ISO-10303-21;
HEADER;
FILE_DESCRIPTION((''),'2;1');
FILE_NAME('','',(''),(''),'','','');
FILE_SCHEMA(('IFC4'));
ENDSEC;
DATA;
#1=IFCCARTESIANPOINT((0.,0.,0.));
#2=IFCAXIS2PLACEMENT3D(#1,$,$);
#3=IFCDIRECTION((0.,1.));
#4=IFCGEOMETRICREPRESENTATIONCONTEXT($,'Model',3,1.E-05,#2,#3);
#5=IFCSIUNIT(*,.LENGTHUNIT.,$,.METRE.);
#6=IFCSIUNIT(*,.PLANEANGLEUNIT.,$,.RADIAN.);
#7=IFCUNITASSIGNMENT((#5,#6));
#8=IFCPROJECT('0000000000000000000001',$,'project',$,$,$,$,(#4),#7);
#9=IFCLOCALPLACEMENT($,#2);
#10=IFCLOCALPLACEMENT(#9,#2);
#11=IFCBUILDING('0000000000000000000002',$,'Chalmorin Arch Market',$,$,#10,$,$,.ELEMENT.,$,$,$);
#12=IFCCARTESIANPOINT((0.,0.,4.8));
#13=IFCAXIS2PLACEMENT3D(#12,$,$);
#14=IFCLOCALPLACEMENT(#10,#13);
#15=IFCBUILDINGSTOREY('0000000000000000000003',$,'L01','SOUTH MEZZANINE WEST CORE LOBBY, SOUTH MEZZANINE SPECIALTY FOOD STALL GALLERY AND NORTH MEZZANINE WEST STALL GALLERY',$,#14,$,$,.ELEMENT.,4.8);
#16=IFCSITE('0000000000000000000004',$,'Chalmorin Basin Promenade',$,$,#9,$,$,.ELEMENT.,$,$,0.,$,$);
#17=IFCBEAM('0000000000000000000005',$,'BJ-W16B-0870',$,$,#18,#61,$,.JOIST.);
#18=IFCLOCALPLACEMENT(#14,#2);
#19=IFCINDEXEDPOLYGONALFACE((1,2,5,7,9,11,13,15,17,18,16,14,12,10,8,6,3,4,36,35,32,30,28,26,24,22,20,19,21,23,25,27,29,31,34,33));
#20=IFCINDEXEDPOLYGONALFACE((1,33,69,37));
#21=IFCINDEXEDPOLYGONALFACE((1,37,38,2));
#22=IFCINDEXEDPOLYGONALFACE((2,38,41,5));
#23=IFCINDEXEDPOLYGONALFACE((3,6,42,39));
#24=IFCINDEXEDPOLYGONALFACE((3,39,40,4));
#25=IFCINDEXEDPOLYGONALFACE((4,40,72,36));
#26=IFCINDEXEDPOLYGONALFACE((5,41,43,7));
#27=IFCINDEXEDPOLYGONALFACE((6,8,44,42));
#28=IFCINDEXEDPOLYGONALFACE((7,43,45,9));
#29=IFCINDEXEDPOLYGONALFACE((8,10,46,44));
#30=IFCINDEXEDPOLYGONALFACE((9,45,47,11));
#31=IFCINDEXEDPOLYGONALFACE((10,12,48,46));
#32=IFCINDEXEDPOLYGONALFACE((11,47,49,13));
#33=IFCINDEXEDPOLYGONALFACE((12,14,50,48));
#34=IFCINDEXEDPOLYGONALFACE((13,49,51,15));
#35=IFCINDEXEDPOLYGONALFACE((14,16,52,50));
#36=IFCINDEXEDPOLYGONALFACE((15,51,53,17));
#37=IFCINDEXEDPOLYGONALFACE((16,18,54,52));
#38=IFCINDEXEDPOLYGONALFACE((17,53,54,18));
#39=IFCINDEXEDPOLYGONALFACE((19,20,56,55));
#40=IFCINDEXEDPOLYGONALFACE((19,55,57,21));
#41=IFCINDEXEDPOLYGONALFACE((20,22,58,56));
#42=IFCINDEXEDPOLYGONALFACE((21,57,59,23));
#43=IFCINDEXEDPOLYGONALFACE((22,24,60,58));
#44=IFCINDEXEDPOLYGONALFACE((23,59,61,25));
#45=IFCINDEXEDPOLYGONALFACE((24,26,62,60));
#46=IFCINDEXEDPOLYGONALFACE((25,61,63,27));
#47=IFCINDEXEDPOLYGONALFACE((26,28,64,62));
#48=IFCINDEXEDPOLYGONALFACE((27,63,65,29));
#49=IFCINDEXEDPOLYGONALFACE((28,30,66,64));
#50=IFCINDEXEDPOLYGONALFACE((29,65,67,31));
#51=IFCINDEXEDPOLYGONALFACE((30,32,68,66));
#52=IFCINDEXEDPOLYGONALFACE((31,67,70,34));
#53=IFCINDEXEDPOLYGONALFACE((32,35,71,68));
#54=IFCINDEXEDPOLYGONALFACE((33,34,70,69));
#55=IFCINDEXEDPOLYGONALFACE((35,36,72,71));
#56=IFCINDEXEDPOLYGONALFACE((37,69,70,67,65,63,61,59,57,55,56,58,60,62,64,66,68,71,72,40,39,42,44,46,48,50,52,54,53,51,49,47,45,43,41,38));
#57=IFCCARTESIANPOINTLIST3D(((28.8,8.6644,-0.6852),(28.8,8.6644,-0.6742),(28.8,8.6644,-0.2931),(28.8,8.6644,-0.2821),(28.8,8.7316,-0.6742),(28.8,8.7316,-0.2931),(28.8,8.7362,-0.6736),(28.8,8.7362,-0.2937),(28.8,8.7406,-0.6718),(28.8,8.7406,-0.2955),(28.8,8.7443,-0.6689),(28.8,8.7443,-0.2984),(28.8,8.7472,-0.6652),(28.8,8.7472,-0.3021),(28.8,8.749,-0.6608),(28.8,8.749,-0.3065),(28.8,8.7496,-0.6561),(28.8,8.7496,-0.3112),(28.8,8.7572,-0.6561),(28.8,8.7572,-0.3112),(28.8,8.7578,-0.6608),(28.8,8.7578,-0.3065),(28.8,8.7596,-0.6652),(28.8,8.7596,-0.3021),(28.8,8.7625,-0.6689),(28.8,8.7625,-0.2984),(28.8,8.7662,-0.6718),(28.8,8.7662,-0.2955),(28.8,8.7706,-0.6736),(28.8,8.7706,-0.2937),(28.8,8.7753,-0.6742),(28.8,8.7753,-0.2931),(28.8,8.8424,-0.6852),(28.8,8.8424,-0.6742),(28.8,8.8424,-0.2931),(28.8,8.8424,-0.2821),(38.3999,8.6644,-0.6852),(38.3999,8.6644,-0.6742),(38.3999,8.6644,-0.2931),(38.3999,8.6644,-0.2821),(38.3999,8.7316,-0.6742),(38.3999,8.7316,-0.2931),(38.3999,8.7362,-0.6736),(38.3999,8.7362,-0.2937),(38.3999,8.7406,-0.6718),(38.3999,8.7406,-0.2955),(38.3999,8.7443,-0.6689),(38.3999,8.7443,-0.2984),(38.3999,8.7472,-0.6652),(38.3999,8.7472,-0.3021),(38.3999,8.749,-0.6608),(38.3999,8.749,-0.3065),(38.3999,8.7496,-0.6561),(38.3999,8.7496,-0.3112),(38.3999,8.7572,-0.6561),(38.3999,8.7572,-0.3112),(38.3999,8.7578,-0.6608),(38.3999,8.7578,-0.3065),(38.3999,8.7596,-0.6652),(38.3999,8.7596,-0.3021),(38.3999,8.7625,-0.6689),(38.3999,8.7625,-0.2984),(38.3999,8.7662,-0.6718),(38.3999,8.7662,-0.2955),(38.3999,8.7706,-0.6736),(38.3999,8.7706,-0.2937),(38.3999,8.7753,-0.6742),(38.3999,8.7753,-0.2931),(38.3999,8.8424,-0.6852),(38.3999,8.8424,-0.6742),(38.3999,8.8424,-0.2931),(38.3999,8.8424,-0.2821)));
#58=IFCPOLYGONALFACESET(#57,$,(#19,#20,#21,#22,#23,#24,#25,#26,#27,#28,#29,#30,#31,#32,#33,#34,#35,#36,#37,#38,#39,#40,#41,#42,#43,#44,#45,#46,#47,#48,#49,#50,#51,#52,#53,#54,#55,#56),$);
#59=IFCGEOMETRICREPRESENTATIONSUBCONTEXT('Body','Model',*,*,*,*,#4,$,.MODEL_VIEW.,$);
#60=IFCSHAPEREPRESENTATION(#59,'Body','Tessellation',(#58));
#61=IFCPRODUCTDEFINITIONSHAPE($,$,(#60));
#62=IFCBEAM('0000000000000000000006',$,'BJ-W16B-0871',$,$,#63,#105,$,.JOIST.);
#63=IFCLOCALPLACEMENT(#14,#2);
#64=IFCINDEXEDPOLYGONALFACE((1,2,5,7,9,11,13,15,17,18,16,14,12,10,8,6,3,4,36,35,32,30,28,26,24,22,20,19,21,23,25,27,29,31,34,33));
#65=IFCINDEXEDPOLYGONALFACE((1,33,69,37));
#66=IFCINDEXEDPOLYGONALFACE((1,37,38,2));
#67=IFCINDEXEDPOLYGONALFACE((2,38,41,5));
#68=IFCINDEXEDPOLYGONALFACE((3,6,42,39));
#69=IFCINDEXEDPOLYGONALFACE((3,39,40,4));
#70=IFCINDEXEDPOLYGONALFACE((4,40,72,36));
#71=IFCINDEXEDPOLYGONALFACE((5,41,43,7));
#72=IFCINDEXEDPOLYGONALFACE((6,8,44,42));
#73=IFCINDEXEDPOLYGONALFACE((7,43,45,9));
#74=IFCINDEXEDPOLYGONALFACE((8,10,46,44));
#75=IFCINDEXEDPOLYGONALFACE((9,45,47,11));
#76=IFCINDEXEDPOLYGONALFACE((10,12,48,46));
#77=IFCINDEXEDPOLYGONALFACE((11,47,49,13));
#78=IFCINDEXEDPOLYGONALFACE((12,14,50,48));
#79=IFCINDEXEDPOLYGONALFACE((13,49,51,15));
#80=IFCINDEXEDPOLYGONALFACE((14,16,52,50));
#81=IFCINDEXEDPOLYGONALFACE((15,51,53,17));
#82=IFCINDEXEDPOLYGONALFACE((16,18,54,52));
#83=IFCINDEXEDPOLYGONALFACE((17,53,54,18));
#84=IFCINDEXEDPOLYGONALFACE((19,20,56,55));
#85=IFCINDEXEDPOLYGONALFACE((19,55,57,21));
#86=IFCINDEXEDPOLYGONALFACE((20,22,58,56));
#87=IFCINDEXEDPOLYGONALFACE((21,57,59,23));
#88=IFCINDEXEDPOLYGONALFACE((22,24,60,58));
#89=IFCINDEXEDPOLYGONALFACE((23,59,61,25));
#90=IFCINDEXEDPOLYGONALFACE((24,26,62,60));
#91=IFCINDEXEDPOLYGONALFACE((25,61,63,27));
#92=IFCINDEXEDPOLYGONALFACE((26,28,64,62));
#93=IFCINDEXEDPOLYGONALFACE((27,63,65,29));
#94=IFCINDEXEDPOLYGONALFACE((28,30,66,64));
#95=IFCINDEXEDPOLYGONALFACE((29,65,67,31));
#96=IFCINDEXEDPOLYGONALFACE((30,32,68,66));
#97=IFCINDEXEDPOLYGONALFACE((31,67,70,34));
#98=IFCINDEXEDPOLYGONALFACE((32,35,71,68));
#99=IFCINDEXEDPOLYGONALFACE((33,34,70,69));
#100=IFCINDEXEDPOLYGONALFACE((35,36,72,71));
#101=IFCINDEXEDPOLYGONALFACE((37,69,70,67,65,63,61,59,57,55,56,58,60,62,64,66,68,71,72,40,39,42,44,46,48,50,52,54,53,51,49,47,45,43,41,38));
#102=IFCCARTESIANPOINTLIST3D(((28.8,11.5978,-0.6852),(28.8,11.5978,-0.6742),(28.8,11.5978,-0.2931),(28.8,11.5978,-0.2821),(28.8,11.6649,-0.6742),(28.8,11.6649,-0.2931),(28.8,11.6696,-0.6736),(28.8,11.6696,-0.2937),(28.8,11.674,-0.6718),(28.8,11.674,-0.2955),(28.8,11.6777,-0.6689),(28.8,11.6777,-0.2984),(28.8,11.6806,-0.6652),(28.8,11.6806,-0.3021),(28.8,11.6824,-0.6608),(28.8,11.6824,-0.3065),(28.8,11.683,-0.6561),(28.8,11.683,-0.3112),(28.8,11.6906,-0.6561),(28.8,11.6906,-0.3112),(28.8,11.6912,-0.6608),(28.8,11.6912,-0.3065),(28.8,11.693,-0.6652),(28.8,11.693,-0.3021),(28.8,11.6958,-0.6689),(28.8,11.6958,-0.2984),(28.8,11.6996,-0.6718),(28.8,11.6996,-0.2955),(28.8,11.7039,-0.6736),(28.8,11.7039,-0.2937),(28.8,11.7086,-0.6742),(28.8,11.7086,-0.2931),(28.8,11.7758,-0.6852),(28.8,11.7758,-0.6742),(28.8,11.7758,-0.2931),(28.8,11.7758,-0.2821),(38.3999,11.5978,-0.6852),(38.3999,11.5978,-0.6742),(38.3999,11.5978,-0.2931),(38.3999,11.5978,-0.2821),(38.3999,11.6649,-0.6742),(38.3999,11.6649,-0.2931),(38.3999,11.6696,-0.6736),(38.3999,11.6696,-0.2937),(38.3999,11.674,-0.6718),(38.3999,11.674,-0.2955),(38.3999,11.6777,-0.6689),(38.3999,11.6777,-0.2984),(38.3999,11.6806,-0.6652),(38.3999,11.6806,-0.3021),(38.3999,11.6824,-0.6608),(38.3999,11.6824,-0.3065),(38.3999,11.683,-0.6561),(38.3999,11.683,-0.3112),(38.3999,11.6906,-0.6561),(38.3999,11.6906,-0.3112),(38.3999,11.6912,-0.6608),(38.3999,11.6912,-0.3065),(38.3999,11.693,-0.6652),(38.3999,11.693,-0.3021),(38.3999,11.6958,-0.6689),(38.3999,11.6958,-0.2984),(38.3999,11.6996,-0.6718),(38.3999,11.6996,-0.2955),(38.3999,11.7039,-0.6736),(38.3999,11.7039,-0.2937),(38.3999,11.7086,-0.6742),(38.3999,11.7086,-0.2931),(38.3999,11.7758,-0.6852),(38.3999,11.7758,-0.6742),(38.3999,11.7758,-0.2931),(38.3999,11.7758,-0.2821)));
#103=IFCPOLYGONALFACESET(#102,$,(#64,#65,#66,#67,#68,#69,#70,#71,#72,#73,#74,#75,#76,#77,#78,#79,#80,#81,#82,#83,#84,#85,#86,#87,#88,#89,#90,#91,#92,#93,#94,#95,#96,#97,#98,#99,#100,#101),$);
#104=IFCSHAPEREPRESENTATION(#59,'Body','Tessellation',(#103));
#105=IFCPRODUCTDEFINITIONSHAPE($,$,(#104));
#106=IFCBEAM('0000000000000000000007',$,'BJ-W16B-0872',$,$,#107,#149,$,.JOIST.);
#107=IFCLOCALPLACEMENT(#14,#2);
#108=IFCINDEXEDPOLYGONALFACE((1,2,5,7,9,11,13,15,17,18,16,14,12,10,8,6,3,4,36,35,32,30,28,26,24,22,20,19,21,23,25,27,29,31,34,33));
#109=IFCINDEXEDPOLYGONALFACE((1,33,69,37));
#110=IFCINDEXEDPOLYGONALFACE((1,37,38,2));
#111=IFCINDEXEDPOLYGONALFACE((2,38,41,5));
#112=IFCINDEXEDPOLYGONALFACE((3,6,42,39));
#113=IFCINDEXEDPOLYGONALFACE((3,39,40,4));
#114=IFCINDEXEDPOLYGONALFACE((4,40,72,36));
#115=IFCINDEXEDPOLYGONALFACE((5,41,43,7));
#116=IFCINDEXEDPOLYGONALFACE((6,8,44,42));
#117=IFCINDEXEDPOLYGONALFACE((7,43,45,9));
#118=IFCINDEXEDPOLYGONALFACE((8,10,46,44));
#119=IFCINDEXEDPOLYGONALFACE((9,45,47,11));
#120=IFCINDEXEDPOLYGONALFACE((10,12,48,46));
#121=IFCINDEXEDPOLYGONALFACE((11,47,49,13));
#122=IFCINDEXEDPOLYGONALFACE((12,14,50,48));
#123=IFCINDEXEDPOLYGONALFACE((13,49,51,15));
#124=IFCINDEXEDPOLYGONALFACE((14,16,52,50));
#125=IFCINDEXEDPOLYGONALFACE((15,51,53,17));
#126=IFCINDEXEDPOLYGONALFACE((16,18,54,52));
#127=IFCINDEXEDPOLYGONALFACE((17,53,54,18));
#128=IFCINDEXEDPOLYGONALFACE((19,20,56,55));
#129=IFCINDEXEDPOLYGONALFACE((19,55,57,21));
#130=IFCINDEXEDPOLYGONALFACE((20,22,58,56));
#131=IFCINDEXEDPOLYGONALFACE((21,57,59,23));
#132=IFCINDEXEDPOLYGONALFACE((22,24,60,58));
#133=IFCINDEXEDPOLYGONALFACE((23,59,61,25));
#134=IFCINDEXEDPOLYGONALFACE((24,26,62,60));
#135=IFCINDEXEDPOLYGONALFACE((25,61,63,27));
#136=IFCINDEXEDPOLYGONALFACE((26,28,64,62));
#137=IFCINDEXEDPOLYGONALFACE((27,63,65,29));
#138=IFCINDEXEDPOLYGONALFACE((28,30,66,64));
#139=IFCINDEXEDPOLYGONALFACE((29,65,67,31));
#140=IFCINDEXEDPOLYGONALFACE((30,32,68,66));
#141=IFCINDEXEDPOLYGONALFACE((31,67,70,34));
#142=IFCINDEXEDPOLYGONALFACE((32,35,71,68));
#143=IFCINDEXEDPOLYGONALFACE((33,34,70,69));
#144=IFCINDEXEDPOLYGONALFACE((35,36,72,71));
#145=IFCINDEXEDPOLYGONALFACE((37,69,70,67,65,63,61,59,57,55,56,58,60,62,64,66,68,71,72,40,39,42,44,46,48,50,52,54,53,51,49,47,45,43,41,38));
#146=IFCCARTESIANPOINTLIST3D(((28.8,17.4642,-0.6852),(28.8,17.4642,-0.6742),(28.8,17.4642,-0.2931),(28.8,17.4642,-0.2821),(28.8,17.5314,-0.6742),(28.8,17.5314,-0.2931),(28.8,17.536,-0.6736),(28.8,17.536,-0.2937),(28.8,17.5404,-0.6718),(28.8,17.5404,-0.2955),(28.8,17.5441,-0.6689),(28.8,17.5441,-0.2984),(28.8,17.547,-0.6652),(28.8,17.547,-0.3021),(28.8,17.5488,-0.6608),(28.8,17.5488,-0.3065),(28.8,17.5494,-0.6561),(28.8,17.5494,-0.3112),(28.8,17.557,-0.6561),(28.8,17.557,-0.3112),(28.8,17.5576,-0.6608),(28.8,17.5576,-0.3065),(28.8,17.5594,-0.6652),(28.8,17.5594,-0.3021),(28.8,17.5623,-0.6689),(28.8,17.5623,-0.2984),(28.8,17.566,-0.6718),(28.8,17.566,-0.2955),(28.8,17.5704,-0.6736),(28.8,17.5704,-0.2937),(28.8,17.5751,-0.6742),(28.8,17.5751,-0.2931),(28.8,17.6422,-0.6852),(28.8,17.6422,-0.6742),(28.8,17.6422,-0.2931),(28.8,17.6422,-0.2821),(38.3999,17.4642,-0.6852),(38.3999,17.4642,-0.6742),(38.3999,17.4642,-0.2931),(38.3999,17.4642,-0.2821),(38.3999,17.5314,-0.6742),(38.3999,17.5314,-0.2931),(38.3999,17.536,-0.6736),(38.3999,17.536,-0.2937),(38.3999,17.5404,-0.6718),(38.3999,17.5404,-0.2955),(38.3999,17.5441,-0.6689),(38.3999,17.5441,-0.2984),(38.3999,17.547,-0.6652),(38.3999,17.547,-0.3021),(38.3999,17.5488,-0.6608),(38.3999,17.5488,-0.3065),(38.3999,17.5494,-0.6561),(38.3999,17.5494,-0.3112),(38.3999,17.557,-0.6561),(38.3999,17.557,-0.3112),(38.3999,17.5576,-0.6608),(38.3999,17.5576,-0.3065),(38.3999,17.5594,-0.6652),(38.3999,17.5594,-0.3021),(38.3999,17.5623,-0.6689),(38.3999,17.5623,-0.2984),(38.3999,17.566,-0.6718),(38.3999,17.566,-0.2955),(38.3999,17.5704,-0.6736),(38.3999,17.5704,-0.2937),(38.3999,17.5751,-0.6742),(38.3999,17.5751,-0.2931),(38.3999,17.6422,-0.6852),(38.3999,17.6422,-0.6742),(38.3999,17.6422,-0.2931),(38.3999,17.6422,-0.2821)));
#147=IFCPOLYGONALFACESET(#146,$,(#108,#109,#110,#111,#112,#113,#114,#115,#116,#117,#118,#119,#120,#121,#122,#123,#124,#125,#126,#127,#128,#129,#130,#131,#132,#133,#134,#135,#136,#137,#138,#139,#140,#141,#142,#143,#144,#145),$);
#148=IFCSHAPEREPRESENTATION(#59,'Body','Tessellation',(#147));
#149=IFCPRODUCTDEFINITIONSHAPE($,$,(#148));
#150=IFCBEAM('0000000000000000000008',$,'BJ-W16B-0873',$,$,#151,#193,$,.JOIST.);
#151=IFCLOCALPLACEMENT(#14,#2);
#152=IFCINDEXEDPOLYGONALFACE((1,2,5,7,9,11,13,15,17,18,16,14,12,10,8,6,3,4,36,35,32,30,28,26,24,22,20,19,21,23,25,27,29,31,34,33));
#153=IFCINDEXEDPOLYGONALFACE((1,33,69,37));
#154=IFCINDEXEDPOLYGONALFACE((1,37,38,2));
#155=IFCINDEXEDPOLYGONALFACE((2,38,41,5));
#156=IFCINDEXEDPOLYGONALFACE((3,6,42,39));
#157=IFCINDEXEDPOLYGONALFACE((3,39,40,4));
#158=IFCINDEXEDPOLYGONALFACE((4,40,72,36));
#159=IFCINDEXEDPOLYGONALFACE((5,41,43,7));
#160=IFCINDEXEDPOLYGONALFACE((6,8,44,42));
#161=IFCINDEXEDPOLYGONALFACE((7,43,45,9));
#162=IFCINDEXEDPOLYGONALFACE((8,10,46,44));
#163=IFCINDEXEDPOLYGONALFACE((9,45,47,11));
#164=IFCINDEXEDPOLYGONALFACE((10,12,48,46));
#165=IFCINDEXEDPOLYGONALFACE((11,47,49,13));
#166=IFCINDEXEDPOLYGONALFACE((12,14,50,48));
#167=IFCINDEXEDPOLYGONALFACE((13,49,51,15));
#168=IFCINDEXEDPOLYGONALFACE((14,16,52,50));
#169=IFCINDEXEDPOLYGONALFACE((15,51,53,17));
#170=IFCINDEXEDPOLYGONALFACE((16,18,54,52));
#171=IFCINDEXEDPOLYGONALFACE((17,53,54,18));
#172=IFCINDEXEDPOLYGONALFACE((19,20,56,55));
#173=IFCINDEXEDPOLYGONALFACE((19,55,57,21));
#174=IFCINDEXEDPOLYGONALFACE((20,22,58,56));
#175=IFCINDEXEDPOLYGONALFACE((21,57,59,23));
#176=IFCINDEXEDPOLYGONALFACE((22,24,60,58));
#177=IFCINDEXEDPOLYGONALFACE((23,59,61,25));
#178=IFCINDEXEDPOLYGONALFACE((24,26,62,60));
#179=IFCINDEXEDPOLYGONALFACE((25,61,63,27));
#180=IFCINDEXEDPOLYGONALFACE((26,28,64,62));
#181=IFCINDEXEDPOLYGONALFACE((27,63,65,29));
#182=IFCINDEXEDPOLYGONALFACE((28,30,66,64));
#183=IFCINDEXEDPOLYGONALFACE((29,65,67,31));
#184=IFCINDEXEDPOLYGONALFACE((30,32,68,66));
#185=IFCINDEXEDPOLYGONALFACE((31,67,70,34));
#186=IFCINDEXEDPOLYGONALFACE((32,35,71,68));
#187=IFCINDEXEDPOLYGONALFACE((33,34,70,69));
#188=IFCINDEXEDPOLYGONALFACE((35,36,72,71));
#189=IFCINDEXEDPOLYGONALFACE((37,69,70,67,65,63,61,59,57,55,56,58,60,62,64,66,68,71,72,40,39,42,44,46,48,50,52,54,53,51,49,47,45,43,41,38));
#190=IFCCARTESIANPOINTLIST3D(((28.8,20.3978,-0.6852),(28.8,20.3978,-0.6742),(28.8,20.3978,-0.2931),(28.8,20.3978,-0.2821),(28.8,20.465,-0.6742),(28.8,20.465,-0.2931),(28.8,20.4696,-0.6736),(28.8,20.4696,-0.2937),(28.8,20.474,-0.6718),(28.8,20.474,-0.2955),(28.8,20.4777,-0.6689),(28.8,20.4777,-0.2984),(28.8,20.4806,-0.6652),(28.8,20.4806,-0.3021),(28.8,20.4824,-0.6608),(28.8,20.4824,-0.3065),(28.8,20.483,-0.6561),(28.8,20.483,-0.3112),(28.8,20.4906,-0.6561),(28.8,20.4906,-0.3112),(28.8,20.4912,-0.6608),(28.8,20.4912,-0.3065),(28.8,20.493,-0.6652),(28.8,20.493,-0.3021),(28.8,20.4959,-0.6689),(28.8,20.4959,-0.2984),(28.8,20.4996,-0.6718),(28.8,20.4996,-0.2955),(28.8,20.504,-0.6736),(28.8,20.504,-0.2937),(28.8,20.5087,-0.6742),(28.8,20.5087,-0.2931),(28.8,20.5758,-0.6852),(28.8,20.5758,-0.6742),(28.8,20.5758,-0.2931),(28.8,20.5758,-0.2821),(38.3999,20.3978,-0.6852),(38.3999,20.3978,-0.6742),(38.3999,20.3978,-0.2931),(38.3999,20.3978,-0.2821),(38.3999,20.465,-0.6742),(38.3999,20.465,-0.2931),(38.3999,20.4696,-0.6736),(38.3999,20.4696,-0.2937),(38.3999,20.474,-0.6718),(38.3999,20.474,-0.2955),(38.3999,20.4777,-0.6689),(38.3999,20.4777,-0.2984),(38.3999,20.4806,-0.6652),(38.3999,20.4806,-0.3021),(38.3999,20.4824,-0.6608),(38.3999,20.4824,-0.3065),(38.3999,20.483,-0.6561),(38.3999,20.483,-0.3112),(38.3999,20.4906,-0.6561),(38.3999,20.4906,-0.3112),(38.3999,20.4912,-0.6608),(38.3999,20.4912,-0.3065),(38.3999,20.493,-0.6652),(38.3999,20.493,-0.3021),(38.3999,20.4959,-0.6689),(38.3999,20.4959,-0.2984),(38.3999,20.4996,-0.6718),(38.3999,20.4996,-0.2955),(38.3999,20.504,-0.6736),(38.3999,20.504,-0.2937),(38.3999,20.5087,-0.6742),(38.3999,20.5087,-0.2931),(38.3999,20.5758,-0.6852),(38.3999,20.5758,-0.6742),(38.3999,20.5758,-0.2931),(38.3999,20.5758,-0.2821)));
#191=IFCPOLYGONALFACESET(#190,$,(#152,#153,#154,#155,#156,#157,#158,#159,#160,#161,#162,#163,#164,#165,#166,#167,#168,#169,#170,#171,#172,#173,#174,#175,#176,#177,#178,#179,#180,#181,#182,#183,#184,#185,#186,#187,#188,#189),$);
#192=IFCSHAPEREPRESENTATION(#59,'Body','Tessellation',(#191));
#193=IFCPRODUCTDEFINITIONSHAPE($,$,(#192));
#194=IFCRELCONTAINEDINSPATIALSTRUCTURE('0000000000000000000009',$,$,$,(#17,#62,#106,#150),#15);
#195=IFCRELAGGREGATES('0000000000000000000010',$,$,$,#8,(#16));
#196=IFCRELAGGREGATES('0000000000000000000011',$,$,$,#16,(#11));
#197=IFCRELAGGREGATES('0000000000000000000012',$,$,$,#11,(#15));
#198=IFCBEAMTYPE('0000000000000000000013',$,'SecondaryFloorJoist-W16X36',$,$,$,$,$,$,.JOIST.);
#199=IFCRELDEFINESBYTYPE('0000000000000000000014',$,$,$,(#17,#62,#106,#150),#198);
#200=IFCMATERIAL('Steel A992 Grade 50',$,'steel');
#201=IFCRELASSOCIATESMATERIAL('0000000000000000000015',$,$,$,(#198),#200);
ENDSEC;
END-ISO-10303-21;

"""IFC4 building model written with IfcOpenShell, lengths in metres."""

from ifc_helpers import new_model, si_unit, direction, frame, origin, origin_2d, place, context, subcontext, project, spatial, i_section, extrude, material, material_profile, profile_set, type_object, element, save


model = new_model("IFC4")

# Units and contexts
model_context = context("Model", 3, precision=1e-05, world=origin(), true_north=direction((0.0, 1.0)))
body_context = subcontext(model_context, "Body", "Model", "MODEL_VIEW")
ifc_project = project(units=[si_unit("LENGTHUNIT", "METRE"), si_unit("PLANEANGLEUNIT", "RADIAN")], contexts=[model_context])

# Site, building, storey
site_placement = place(None, origin())
site = spatial("IfcSite", under=ifc_project, at=site_placement, Name="Chalmorin Basin Promenade", CompositionType="ELEMENT", RefElevation=0.0)
building_placement = place(site_placement, origin())
building = spatial("IfcBuilding", under=site, at=building_placement, Name="Chalmorin Arch Market", CompositionType="ELEMENT")
storey_placement = place(building_placement, frame((0.0, 0.0, 4.8)))
storey = spatial("IfcBuildingStorey", under=building, at=storey_placement, Name="L01", Description="SOUTH MEZZANINE WEST CORE LOBBY, SOUTH MEZZANINE SPECIALTY FOOD STALL GALLERY AND NORTH MEZZANINE WEST STALL GALLERY", CompositionType="ELEMENT", Elevation=4.8)

# Shared definitions
ifc_material_1 = material(Name="Steel A992 Grade 50", Category="steel")

# Beams
ifc_material_profile_1 = material_profile(ifc_material_1, i_section(OverallWidth=0.178, OverallDepth=0.4031, WebThickness=0.0076, FlangeThickness=0.011, FilletRadius=0.0181, at=origin_2d()), Name="W16X36")
ifc_profile_set_1 = profile_set([ifc_material_profile_1], Name="Steel A992 Grade 50")
beam_type_1 = type_object("IfcBeamType", Name="SecondaryFloorJoist-W16X36", PredefinedType="JOIST", material=ifc_profile_set_1)
for number, where, z_axis, x_axis, name in (
    (1, (28.8, 8.7534, -0.4836), (1.0, 0.0, 0.0), (0.0, 1.0, 0.0), "BJ-W16B-0870"),
    (2, (28.8, 11.6868, -0.4836), (1.0, 0.0, 0.0), (0.0, 1.0, 0.0), "BJ-W16B-0871"),
    (3, (28.8, 17.5532, -0.4836), (1.0, 0.0, 0.0), (0.0, 1.0, 0.0), "BJ-W16B-0872"),
    (4, (28.8, 20.4868, -0.4836), (1.0, 0.0, 0.0), (0.0, 1.0, 0.0), "BJ-W16B-0873"),
):
    element("IfcBeam", number, at=place(storey_placement, frame(where, z_axis=z_axis, x_axis=x_axis)), inside=storey, type_object=beam_type_1, Name=name, PredefinedType="JOIST", context=body_context, shape_type="SweptSolid", body=[
        extrude(i_section(OverallWidth=0.178, OverallDepth=0.4031, WebThickness=0.0076, FlangeThickness=0.011, FilletRadius=0.0181, at=origin_2d()), origin(), (0.0, 0.0, 1.0), 9.5999),
    ])

save(model, "model.ifc")
